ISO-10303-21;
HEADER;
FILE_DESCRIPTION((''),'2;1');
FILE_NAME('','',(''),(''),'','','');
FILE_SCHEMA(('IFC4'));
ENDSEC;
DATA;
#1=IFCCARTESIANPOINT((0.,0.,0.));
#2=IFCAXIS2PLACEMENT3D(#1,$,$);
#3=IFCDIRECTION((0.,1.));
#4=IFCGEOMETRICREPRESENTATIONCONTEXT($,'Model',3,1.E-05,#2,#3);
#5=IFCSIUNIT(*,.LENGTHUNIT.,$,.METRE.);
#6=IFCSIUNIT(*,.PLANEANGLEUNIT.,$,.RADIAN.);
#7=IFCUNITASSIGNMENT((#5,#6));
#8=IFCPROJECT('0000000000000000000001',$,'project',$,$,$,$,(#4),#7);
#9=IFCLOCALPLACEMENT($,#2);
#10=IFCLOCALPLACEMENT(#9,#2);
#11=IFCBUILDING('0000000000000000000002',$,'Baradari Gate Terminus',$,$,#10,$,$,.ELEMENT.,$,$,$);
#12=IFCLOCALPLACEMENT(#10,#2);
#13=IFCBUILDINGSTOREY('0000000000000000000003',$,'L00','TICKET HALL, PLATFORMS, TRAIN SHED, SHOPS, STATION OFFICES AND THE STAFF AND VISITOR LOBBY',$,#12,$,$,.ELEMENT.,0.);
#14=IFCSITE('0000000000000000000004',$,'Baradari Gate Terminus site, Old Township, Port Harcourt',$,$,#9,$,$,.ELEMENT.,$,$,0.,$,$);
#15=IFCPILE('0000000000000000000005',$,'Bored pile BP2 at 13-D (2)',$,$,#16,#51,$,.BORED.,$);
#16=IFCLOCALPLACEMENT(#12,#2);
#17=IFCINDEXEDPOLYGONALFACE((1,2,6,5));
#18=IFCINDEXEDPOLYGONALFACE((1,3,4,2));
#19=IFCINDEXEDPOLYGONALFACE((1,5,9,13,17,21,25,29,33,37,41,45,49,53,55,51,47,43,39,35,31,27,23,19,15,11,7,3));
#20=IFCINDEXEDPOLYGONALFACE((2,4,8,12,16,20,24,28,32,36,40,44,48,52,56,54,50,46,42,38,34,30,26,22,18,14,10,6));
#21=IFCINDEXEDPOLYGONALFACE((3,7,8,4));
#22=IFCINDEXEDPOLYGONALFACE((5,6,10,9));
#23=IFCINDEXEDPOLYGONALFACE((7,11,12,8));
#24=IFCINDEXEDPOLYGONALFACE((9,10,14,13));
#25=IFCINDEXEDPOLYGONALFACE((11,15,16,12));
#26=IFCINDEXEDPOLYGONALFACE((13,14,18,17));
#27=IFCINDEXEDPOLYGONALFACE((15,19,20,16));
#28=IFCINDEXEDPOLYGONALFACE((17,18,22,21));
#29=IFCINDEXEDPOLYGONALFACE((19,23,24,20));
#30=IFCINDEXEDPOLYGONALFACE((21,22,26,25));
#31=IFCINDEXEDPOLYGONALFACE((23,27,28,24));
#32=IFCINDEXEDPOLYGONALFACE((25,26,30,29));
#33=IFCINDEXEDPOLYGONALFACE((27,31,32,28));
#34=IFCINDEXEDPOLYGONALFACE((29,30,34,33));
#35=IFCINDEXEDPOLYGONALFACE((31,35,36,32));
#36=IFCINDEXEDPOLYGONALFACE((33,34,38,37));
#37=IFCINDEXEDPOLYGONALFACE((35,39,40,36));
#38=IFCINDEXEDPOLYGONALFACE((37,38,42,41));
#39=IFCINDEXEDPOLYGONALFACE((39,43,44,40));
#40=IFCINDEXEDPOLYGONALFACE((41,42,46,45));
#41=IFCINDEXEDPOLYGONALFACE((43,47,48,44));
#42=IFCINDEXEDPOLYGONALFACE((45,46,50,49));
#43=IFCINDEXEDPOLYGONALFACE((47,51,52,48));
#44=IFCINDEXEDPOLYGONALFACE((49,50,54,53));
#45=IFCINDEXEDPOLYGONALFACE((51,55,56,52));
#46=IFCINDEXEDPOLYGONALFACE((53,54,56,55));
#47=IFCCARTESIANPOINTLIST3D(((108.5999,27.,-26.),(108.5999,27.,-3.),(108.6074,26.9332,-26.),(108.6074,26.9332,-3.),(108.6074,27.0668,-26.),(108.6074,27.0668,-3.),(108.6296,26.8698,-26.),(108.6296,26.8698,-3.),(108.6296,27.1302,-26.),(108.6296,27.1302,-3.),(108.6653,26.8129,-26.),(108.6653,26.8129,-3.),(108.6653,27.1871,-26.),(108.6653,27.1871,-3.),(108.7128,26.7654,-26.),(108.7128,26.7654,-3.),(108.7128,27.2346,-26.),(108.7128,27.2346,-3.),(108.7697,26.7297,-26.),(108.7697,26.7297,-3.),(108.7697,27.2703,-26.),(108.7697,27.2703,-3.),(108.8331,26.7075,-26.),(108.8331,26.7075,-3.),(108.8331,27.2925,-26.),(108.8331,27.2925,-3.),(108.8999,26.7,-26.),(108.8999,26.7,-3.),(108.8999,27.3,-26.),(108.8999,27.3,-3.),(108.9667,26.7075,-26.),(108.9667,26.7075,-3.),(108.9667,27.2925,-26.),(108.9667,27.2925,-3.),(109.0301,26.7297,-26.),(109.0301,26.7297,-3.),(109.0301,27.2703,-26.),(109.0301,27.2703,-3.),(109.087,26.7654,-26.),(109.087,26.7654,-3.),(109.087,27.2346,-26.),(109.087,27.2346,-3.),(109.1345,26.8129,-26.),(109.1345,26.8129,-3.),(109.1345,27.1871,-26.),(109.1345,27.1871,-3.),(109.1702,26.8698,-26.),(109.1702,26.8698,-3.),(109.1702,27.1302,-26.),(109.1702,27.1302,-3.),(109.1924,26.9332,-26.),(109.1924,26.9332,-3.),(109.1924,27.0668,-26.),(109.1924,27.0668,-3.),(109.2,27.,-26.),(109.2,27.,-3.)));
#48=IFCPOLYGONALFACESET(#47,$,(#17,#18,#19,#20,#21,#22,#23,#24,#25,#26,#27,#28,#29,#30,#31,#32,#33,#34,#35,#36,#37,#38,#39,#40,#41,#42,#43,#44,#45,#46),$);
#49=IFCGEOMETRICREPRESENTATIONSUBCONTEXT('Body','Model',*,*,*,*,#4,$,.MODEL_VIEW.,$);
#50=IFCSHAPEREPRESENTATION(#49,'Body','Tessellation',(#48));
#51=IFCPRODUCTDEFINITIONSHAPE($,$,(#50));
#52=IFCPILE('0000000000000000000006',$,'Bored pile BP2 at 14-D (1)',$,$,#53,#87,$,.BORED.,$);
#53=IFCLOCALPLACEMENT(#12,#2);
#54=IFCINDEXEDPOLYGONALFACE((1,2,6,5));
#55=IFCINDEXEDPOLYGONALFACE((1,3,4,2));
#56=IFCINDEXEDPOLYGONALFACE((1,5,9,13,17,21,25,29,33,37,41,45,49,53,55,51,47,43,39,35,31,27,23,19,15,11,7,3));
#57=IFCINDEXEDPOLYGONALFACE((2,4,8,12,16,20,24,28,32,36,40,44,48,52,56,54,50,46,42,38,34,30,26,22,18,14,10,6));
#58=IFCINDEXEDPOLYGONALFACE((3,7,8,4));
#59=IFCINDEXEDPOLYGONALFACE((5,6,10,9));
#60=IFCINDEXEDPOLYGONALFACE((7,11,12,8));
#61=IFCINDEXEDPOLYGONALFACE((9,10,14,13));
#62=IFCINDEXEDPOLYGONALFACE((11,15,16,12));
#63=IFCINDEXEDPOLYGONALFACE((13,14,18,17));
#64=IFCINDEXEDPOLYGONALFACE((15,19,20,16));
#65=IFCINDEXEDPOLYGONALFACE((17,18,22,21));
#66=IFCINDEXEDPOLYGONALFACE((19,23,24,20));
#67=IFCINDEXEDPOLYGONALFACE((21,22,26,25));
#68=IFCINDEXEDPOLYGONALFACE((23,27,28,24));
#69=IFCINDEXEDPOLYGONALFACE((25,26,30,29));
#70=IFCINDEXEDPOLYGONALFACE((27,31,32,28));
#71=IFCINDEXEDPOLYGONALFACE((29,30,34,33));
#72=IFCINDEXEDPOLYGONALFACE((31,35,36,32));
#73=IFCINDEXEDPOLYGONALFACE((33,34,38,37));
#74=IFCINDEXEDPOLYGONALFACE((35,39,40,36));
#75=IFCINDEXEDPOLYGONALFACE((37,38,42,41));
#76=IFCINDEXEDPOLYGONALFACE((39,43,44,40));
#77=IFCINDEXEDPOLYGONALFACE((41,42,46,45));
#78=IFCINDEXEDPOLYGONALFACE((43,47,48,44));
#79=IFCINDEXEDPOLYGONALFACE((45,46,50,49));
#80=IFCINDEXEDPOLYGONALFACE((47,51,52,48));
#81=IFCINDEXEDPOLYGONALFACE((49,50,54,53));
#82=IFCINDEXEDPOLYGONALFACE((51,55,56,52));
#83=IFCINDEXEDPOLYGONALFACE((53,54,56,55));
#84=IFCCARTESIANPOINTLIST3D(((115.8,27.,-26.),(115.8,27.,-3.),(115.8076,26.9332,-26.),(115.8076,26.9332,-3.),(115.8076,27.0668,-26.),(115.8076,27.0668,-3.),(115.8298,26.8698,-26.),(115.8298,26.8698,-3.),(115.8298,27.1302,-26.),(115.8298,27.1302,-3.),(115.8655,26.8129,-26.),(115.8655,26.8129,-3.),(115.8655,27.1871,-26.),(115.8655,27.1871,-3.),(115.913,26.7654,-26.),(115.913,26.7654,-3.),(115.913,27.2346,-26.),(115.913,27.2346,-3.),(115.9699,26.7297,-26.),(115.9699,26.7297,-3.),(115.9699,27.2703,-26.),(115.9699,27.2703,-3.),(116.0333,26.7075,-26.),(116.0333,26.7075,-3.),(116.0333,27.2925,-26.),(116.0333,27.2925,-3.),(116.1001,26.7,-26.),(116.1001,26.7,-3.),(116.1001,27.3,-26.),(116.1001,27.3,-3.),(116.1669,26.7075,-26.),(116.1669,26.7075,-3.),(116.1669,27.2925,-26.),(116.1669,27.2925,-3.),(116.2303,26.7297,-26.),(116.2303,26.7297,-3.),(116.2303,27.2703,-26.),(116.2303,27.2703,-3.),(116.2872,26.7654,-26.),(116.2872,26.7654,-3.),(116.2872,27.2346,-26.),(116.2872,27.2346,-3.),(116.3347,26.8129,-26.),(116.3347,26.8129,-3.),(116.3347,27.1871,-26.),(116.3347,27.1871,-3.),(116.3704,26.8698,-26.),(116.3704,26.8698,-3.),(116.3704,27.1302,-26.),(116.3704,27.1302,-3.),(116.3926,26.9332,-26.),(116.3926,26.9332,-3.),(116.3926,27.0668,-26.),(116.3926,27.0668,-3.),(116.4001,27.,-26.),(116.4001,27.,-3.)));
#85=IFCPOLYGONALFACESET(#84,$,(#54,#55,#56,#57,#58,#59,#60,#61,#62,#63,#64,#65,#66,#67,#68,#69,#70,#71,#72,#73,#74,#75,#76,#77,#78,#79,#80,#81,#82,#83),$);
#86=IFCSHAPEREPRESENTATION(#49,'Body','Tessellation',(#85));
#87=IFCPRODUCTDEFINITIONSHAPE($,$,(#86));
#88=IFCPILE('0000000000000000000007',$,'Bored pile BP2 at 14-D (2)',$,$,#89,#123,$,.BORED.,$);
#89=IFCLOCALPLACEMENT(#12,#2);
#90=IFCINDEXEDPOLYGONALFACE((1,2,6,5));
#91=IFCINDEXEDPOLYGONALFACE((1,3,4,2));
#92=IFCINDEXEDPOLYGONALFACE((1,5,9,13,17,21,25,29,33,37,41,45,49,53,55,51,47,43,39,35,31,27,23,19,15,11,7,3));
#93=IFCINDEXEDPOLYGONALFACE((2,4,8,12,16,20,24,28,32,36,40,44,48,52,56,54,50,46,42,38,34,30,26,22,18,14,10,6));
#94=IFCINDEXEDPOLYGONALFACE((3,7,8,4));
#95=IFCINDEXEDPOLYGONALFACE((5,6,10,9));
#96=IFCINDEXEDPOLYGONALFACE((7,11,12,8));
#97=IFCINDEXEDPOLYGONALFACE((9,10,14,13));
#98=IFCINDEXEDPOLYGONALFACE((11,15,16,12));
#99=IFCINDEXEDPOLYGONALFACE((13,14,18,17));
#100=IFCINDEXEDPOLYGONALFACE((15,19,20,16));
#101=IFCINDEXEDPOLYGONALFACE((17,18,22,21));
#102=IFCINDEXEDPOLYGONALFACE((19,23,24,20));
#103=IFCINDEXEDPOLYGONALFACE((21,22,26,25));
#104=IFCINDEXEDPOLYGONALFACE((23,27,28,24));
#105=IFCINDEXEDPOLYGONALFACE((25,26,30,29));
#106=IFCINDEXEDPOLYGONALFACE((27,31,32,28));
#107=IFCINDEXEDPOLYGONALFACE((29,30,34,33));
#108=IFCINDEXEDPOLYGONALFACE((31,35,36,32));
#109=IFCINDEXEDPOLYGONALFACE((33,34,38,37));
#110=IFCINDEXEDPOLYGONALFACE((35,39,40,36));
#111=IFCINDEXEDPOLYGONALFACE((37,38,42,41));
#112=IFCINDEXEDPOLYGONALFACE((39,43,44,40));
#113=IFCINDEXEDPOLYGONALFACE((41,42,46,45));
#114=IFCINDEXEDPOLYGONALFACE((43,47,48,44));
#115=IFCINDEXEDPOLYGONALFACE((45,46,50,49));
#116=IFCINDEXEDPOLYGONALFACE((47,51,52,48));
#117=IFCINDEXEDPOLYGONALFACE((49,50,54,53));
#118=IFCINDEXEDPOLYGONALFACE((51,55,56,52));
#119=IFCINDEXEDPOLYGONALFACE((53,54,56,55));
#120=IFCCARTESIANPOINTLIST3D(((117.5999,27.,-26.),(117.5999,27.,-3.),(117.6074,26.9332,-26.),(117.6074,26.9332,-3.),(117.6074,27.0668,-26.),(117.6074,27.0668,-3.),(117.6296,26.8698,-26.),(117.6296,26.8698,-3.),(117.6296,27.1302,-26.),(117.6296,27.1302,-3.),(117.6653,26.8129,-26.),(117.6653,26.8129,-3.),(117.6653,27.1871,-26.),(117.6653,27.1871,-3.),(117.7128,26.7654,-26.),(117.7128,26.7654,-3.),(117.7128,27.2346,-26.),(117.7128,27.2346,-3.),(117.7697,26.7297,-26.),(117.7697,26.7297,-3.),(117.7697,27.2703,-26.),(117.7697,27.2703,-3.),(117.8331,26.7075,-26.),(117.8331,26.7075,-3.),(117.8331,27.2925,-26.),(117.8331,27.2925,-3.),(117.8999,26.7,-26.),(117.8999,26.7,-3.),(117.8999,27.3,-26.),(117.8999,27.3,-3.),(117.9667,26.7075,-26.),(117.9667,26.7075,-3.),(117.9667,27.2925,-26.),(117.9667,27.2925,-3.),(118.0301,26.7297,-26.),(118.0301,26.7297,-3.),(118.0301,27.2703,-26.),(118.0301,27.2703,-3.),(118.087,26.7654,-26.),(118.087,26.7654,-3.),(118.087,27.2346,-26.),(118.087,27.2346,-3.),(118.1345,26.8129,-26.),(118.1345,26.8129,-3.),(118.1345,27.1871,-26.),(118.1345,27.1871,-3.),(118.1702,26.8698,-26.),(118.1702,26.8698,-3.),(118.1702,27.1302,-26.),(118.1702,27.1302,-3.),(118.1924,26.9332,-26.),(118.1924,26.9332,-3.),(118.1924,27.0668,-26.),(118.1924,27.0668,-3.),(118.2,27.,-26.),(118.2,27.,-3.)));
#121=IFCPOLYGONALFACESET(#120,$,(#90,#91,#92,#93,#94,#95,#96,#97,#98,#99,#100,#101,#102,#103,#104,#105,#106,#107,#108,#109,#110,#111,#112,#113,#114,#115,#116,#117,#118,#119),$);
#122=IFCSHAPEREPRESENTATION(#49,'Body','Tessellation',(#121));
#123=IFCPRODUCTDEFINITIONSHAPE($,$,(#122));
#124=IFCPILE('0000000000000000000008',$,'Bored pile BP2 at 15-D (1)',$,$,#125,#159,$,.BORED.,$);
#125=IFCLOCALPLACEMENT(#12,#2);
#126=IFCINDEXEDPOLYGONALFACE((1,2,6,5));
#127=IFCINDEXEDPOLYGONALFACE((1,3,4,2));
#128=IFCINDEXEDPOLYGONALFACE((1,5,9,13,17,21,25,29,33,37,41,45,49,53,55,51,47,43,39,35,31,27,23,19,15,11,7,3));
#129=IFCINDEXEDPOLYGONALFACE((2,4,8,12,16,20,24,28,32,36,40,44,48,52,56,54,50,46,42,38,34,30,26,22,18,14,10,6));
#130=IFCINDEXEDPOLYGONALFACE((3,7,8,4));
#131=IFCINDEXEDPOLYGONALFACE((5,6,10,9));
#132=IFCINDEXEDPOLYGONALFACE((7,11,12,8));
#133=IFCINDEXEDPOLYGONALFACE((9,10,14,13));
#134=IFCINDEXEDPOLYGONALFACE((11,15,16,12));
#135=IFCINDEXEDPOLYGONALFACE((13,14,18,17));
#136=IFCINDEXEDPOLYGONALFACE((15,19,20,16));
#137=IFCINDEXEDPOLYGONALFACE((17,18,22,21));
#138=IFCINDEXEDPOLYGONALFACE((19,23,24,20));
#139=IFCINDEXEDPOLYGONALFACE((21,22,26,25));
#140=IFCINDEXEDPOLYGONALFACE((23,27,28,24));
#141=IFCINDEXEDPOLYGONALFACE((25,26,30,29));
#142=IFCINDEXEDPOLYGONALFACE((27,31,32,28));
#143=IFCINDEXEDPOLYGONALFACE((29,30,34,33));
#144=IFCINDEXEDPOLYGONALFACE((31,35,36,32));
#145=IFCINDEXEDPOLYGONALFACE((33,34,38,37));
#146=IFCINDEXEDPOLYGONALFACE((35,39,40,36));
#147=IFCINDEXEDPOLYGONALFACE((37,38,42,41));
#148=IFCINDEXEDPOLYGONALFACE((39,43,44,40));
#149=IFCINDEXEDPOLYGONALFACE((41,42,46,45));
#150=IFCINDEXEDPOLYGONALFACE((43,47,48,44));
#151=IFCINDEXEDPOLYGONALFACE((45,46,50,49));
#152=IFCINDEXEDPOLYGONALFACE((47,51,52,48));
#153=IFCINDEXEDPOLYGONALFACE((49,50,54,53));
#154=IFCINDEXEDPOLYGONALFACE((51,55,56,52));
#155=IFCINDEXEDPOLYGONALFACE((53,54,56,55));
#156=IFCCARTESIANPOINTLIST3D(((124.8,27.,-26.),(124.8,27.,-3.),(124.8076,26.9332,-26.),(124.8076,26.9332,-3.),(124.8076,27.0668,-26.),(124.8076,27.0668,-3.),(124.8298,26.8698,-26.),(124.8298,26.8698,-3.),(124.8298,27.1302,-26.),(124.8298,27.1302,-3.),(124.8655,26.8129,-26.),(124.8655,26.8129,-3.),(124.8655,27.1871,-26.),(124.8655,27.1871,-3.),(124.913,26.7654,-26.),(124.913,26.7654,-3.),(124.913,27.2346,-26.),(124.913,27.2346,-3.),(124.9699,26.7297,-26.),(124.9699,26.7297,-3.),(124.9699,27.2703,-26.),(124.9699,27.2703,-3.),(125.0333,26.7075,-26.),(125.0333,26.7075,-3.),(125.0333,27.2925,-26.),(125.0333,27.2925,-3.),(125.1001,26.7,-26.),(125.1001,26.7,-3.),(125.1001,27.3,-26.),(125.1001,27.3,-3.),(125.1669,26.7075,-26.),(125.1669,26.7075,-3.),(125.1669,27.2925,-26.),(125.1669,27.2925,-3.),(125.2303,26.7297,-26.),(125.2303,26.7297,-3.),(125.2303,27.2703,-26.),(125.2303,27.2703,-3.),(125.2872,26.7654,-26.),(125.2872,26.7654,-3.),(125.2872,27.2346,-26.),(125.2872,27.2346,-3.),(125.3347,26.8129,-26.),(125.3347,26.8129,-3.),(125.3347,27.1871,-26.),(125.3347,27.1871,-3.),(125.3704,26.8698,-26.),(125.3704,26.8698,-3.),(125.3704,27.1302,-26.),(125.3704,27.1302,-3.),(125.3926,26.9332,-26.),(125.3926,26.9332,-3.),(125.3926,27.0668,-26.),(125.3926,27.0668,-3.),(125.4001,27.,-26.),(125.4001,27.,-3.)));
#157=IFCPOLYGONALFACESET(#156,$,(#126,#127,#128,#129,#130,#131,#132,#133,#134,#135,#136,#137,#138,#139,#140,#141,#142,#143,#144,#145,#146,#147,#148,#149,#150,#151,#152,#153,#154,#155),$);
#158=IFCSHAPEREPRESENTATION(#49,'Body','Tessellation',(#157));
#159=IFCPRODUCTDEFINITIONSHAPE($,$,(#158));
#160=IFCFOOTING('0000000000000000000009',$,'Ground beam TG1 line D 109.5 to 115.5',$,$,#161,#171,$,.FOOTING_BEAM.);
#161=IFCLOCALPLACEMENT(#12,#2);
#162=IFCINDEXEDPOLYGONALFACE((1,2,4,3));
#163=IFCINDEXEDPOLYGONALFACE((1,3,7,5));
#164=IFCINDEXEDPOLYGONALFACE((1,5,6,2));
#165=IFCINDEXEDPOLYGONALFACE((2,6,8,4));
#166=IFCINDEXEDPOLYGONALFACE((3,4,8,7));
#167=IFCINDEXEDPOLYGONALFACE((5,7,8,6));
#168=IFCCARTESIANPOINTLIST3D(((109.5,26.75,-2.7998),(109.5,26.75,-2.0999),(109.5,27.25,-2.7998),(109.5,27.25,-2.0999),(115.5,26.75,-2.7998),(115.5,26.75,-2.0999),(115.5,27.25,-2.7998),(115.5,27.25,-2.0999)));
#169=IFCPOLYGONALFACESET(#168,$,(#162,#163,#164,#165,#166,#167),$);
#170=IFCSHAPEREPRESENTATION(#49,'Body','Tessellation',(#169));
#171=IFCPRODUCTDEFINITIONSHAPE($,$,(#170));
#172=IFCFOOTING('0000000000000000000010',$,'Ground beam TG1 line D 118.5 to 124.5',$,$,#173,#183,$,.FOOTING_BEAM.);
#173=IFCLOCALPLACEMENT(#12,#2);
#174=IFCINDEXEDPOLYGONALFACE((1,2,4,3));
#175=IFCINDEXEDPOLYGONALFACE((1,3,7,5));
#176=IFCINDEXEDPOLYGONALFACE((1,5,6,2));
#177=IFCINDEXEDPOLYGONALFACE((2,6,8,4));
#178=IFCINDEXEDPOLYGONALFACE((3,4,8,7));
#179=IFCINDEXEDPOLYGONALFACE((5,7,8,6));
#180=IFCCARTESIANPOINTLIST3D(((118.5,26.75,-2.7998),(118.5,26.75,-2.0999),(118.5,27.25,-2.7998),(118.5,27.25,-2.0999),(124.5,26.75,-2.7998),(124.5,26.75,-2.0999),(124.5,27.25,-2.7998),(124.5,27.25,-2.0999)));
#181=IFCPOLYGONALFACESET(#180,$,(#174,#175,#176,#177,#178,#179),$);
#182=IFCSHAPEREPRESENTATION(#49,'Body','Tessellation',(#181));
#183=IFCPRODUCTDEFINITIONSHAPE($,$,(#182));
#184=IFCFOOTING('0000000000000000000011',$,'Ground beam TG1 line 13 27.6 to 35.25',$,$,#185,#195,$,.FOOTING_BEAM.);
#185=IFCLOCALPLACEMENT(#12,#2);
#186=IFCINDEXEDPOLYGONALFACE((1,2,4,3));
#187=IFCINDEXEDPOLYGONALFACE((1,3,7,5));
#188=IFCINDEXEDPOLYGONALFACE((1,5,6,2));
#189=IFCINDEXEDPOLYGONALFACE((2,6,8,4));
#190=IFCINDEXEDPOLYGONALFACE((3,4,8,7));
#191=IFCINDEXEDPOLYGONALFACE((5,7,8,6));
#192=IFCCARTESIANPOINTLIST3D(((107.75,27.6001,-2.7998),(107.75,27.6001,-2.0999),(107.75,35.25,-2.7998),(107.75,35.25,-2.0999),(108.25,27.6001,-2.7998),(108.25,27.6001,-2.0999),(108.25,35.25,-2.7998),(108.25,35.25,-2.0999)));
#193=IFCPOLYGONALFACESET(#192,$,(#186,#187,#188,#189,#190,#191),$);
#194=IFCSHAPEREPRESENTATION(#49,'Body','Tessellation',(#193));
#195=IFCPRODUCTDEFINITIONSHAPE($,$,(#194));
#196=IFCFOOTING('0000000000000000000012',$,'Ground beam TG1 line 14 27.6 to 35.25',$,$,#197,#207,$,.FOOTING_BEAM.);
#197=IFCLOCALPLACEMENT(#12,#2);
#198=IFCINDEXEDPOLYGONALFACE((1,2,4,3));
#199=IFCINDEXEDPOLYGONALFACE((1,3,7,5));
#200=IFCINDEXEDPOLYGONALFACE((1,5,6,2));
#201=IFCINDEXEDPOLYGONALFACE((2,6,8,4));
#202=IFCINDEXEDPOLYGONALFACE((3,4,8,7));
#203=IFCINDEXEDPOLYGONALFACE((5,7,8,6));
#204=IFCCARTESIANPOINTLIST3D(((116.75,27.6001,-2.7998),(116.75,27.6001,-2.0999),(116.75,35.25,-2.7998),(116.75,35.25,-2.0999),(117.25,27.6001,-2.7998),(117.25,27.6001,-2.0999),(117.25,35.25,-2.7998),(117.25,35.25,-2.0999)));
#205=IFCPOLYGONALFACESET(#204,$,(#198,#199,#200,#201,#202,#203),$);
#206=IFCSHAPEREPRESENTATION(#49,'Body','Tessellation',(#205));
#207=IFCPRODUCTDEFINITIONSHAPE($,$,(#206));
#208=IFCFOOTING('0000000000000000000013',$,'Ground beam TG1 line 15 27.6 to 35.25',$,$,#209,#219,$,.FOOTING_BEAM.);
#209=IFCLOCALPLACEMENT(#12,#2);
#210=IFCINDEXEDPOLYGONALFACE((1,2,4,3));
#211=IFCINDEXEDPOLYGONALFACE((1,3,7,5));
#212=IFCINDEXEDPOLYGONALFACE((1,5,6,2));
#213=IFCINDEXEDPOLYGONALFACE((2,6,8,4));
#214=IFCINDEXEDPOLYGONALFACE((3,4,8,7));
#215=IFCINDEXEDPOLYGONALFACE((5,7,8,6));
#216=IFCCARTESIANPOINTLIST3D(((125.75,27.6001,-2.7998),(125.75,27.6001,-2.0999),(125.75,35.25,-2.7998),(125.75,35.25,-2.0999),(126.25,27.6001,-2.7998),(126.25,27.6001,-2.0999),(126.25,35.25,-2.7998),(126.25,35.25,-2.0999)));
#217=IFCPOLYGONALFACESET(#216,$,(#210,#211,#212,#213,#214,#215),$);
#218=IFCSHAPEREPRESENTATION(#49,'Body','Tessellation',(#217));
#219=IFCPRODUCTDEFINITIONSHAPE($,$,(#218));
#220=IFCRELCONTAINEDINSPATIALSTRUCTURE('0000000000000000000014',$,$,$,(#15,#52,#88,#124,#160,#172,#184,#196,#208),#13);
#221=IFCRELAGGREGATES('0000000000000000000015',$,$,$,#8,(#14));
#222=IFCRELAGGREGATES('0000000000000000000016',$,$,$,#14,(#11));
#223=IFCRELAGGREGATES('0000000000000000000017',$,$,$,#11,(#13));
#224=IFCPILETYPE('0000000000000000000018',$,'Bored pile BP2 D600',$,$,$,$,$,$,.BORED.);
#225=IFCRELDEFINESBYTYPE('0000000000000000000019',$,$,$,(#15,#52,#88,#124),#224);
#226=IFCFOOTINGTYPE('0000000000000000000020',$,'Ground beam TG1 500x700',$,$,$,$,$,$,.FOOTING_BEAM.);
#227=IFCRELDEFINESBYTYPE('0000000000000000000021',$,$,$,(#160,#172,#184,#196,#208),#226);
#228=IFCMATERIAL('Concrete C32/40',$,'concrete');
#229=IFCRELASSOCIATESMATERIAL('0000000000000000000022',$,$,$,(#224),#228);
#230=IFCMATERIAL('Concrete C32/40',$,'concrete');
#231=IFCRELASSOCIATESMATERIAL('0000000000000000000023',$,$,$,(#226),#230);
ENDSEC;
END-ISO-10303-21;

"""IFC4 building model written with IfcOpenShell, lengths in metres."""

from ifc_helpers import new_model, si_unit, direction, frame, origin, origin_2d, place, context, subcontext, project, spatial, rectangle, circle, extrude, material, type_object, element, save


model = new_model("IFC4")

# Units and contexts
model_context = context("Model", 3, precision=1e-05, world=origin(), true_north=direction((0.0, 1.0)))
body_context = subcontext(model_context, "Body", "Model", "MODEL_VIEW")
ifc_project = project(units=[si_unit("LENGTHUNIT", "METRE"), si_unit("PLANEANGLEUNIT", "RADIAN")], contexts=[model_context])

# Site, building, storey
site_placement = place(None, origin())
site = spatial("IfcSite", under=ifc_project, at=site_placement, Name="Baradari Gate Terminus site, Old Township, Port Harcourt", CompositionType="ELEMENT", RefElevation=0.0)
building_placement = place(site_placement, origin())
building = spatial("IfcBuilding", under=site, at=building_placement, Name="Baradari Gate Terminus", CompositionType="ELEMENT")
storey_placement = place(building_placement, origin())
storey = spatial("IfcBuildingStorey", under=building, at=storey_placement, Name="L00", Description="TICKET HALL, PLATFORMS, TRAIN SHED, SHOPS, STATION OFFICES AND THE STAFF AND VISITOR LOBBY", CompositionType="ELEMENT", Elevation=0.0)

# Piles
ifc_material_1 = material(Name="Concrete C32/40", Category="concrete")
pile_type_1 = type_object("IfcPileType", Name="Bored pile BP2 D600", PredefinedType="BORED", material=ifc_material_1)
for number, where, z_axis, x_axis, name in (
    (1, (108.8999, 27.0, -3.0), (0.0, 0.0, -1.0), (1.0, 0.0, 0.0), "Bored pile BP2 at 13-D (2)"),
    (2, (116.1001, 27.0, -3.0), (0.0, 0.0, -1.0), (1.0, 0.0, 0.0), "Bored pile BP2 at 14-D (1)"),
    (3, (117.8999, 27.0, -3.0), (0.0, 0.0, -1.0), (1.0, 0.0, 0.0), "Bored pile BP2 at 14-D (2)"),
    (4, (125.1001, 27.0, -3.0), (0.0, 0.0, -1.0), (1.0, 0.0, 0.0), "Bored pile BP2 at 15-D (1)"),
):
    element("IfcPile", number, at=place(storey_placement, frame(where, z_axis=z_axis, x_axis=x_axis)), inside=storey, type_object=pile_type_1, Name=name, PredefinedType="BORED", context=body_context, shape_type="SweptSolid", body=[
        extrude(circle(Radius=0.3, at=origin_2d()), origin(), (0.0, 0.0, 1.0), 23.0),
    ])

# Footings
ifc_material_2 = material(Name="Concrete C32/40", Category="concrete")
footing_type_1 = type_object("IfcFootingType", Name="Ground beam TG1 500x700", PredefinedType="FOOTING_BEAM", material=ifc_material_2)
for number, where, z_axis, x_axis, name in (
    (5, (112.5, 27.0, -2.7998), (0.0, 0.0, 1.0), (1.0, 0.0, 0.0), "Ground beam TG1 line D 109.5 to 115.5"),
    (6, (121.5, 27.0, -2.7998), (0.0, 0.0, 1.0), (1.0, 0.0, 0.0), "Ground beam TG1 line D 118.5 to 124.5"),
):
    element("IfcFooting", number, at=place(storey_placement, frame(where, z_axis=z_axis, x_axis=x_axis)), inside=storey, type_object=footing_type_1, Name=name, PredefinedType="FOOTING_BEAM", context=body_context, shape_type="SweptSolid", body=[
        extrude(rectangle(XDim=6.0, YDim=0.5, at=origin_2d()), origin(), (0.0, 0.0, 1.0), 0.7),
    ])
for number, where, z_axis, x_axis, name in (
    (7, (108.0, 31.425, -2.7998), (0.0, 0.0, 1.0), (1.0, 0.0, 0.0), "Ground beam TG1 line 13 27.6 to 35.25"),
    (8, (117.0, 31.425, -2.7998), (0.0, 0.0, 1.0), (1.0, 0.0, 0.0), "Ground beam TG1 line 14 27.6 to 35.25"),
    (9, (126.0, 31.425, -2.7998), (0.0, 0.0, 1.0), (1.0, 0.0, 0.0), "Ground beam TG1 line 15 27.6 to 35.25"),
):
    element("IfcFooting", number, at=place(storey_placement, frame(where, z_axis=z_axis, x_axis=x_axis)), inside=storey, type_object=footing_type_1, Name=name, PredefinedType="FOOTING_BEAM", context=body_context, shape_type="SweptSolid", body=[
        extrude(rectangle(XDim=0.5, YDim=7.6499, at=origin_2d()), origin(), (0.0, 0.0, 1.0), 0.7),
    ])

save(model, "model.ifc")
